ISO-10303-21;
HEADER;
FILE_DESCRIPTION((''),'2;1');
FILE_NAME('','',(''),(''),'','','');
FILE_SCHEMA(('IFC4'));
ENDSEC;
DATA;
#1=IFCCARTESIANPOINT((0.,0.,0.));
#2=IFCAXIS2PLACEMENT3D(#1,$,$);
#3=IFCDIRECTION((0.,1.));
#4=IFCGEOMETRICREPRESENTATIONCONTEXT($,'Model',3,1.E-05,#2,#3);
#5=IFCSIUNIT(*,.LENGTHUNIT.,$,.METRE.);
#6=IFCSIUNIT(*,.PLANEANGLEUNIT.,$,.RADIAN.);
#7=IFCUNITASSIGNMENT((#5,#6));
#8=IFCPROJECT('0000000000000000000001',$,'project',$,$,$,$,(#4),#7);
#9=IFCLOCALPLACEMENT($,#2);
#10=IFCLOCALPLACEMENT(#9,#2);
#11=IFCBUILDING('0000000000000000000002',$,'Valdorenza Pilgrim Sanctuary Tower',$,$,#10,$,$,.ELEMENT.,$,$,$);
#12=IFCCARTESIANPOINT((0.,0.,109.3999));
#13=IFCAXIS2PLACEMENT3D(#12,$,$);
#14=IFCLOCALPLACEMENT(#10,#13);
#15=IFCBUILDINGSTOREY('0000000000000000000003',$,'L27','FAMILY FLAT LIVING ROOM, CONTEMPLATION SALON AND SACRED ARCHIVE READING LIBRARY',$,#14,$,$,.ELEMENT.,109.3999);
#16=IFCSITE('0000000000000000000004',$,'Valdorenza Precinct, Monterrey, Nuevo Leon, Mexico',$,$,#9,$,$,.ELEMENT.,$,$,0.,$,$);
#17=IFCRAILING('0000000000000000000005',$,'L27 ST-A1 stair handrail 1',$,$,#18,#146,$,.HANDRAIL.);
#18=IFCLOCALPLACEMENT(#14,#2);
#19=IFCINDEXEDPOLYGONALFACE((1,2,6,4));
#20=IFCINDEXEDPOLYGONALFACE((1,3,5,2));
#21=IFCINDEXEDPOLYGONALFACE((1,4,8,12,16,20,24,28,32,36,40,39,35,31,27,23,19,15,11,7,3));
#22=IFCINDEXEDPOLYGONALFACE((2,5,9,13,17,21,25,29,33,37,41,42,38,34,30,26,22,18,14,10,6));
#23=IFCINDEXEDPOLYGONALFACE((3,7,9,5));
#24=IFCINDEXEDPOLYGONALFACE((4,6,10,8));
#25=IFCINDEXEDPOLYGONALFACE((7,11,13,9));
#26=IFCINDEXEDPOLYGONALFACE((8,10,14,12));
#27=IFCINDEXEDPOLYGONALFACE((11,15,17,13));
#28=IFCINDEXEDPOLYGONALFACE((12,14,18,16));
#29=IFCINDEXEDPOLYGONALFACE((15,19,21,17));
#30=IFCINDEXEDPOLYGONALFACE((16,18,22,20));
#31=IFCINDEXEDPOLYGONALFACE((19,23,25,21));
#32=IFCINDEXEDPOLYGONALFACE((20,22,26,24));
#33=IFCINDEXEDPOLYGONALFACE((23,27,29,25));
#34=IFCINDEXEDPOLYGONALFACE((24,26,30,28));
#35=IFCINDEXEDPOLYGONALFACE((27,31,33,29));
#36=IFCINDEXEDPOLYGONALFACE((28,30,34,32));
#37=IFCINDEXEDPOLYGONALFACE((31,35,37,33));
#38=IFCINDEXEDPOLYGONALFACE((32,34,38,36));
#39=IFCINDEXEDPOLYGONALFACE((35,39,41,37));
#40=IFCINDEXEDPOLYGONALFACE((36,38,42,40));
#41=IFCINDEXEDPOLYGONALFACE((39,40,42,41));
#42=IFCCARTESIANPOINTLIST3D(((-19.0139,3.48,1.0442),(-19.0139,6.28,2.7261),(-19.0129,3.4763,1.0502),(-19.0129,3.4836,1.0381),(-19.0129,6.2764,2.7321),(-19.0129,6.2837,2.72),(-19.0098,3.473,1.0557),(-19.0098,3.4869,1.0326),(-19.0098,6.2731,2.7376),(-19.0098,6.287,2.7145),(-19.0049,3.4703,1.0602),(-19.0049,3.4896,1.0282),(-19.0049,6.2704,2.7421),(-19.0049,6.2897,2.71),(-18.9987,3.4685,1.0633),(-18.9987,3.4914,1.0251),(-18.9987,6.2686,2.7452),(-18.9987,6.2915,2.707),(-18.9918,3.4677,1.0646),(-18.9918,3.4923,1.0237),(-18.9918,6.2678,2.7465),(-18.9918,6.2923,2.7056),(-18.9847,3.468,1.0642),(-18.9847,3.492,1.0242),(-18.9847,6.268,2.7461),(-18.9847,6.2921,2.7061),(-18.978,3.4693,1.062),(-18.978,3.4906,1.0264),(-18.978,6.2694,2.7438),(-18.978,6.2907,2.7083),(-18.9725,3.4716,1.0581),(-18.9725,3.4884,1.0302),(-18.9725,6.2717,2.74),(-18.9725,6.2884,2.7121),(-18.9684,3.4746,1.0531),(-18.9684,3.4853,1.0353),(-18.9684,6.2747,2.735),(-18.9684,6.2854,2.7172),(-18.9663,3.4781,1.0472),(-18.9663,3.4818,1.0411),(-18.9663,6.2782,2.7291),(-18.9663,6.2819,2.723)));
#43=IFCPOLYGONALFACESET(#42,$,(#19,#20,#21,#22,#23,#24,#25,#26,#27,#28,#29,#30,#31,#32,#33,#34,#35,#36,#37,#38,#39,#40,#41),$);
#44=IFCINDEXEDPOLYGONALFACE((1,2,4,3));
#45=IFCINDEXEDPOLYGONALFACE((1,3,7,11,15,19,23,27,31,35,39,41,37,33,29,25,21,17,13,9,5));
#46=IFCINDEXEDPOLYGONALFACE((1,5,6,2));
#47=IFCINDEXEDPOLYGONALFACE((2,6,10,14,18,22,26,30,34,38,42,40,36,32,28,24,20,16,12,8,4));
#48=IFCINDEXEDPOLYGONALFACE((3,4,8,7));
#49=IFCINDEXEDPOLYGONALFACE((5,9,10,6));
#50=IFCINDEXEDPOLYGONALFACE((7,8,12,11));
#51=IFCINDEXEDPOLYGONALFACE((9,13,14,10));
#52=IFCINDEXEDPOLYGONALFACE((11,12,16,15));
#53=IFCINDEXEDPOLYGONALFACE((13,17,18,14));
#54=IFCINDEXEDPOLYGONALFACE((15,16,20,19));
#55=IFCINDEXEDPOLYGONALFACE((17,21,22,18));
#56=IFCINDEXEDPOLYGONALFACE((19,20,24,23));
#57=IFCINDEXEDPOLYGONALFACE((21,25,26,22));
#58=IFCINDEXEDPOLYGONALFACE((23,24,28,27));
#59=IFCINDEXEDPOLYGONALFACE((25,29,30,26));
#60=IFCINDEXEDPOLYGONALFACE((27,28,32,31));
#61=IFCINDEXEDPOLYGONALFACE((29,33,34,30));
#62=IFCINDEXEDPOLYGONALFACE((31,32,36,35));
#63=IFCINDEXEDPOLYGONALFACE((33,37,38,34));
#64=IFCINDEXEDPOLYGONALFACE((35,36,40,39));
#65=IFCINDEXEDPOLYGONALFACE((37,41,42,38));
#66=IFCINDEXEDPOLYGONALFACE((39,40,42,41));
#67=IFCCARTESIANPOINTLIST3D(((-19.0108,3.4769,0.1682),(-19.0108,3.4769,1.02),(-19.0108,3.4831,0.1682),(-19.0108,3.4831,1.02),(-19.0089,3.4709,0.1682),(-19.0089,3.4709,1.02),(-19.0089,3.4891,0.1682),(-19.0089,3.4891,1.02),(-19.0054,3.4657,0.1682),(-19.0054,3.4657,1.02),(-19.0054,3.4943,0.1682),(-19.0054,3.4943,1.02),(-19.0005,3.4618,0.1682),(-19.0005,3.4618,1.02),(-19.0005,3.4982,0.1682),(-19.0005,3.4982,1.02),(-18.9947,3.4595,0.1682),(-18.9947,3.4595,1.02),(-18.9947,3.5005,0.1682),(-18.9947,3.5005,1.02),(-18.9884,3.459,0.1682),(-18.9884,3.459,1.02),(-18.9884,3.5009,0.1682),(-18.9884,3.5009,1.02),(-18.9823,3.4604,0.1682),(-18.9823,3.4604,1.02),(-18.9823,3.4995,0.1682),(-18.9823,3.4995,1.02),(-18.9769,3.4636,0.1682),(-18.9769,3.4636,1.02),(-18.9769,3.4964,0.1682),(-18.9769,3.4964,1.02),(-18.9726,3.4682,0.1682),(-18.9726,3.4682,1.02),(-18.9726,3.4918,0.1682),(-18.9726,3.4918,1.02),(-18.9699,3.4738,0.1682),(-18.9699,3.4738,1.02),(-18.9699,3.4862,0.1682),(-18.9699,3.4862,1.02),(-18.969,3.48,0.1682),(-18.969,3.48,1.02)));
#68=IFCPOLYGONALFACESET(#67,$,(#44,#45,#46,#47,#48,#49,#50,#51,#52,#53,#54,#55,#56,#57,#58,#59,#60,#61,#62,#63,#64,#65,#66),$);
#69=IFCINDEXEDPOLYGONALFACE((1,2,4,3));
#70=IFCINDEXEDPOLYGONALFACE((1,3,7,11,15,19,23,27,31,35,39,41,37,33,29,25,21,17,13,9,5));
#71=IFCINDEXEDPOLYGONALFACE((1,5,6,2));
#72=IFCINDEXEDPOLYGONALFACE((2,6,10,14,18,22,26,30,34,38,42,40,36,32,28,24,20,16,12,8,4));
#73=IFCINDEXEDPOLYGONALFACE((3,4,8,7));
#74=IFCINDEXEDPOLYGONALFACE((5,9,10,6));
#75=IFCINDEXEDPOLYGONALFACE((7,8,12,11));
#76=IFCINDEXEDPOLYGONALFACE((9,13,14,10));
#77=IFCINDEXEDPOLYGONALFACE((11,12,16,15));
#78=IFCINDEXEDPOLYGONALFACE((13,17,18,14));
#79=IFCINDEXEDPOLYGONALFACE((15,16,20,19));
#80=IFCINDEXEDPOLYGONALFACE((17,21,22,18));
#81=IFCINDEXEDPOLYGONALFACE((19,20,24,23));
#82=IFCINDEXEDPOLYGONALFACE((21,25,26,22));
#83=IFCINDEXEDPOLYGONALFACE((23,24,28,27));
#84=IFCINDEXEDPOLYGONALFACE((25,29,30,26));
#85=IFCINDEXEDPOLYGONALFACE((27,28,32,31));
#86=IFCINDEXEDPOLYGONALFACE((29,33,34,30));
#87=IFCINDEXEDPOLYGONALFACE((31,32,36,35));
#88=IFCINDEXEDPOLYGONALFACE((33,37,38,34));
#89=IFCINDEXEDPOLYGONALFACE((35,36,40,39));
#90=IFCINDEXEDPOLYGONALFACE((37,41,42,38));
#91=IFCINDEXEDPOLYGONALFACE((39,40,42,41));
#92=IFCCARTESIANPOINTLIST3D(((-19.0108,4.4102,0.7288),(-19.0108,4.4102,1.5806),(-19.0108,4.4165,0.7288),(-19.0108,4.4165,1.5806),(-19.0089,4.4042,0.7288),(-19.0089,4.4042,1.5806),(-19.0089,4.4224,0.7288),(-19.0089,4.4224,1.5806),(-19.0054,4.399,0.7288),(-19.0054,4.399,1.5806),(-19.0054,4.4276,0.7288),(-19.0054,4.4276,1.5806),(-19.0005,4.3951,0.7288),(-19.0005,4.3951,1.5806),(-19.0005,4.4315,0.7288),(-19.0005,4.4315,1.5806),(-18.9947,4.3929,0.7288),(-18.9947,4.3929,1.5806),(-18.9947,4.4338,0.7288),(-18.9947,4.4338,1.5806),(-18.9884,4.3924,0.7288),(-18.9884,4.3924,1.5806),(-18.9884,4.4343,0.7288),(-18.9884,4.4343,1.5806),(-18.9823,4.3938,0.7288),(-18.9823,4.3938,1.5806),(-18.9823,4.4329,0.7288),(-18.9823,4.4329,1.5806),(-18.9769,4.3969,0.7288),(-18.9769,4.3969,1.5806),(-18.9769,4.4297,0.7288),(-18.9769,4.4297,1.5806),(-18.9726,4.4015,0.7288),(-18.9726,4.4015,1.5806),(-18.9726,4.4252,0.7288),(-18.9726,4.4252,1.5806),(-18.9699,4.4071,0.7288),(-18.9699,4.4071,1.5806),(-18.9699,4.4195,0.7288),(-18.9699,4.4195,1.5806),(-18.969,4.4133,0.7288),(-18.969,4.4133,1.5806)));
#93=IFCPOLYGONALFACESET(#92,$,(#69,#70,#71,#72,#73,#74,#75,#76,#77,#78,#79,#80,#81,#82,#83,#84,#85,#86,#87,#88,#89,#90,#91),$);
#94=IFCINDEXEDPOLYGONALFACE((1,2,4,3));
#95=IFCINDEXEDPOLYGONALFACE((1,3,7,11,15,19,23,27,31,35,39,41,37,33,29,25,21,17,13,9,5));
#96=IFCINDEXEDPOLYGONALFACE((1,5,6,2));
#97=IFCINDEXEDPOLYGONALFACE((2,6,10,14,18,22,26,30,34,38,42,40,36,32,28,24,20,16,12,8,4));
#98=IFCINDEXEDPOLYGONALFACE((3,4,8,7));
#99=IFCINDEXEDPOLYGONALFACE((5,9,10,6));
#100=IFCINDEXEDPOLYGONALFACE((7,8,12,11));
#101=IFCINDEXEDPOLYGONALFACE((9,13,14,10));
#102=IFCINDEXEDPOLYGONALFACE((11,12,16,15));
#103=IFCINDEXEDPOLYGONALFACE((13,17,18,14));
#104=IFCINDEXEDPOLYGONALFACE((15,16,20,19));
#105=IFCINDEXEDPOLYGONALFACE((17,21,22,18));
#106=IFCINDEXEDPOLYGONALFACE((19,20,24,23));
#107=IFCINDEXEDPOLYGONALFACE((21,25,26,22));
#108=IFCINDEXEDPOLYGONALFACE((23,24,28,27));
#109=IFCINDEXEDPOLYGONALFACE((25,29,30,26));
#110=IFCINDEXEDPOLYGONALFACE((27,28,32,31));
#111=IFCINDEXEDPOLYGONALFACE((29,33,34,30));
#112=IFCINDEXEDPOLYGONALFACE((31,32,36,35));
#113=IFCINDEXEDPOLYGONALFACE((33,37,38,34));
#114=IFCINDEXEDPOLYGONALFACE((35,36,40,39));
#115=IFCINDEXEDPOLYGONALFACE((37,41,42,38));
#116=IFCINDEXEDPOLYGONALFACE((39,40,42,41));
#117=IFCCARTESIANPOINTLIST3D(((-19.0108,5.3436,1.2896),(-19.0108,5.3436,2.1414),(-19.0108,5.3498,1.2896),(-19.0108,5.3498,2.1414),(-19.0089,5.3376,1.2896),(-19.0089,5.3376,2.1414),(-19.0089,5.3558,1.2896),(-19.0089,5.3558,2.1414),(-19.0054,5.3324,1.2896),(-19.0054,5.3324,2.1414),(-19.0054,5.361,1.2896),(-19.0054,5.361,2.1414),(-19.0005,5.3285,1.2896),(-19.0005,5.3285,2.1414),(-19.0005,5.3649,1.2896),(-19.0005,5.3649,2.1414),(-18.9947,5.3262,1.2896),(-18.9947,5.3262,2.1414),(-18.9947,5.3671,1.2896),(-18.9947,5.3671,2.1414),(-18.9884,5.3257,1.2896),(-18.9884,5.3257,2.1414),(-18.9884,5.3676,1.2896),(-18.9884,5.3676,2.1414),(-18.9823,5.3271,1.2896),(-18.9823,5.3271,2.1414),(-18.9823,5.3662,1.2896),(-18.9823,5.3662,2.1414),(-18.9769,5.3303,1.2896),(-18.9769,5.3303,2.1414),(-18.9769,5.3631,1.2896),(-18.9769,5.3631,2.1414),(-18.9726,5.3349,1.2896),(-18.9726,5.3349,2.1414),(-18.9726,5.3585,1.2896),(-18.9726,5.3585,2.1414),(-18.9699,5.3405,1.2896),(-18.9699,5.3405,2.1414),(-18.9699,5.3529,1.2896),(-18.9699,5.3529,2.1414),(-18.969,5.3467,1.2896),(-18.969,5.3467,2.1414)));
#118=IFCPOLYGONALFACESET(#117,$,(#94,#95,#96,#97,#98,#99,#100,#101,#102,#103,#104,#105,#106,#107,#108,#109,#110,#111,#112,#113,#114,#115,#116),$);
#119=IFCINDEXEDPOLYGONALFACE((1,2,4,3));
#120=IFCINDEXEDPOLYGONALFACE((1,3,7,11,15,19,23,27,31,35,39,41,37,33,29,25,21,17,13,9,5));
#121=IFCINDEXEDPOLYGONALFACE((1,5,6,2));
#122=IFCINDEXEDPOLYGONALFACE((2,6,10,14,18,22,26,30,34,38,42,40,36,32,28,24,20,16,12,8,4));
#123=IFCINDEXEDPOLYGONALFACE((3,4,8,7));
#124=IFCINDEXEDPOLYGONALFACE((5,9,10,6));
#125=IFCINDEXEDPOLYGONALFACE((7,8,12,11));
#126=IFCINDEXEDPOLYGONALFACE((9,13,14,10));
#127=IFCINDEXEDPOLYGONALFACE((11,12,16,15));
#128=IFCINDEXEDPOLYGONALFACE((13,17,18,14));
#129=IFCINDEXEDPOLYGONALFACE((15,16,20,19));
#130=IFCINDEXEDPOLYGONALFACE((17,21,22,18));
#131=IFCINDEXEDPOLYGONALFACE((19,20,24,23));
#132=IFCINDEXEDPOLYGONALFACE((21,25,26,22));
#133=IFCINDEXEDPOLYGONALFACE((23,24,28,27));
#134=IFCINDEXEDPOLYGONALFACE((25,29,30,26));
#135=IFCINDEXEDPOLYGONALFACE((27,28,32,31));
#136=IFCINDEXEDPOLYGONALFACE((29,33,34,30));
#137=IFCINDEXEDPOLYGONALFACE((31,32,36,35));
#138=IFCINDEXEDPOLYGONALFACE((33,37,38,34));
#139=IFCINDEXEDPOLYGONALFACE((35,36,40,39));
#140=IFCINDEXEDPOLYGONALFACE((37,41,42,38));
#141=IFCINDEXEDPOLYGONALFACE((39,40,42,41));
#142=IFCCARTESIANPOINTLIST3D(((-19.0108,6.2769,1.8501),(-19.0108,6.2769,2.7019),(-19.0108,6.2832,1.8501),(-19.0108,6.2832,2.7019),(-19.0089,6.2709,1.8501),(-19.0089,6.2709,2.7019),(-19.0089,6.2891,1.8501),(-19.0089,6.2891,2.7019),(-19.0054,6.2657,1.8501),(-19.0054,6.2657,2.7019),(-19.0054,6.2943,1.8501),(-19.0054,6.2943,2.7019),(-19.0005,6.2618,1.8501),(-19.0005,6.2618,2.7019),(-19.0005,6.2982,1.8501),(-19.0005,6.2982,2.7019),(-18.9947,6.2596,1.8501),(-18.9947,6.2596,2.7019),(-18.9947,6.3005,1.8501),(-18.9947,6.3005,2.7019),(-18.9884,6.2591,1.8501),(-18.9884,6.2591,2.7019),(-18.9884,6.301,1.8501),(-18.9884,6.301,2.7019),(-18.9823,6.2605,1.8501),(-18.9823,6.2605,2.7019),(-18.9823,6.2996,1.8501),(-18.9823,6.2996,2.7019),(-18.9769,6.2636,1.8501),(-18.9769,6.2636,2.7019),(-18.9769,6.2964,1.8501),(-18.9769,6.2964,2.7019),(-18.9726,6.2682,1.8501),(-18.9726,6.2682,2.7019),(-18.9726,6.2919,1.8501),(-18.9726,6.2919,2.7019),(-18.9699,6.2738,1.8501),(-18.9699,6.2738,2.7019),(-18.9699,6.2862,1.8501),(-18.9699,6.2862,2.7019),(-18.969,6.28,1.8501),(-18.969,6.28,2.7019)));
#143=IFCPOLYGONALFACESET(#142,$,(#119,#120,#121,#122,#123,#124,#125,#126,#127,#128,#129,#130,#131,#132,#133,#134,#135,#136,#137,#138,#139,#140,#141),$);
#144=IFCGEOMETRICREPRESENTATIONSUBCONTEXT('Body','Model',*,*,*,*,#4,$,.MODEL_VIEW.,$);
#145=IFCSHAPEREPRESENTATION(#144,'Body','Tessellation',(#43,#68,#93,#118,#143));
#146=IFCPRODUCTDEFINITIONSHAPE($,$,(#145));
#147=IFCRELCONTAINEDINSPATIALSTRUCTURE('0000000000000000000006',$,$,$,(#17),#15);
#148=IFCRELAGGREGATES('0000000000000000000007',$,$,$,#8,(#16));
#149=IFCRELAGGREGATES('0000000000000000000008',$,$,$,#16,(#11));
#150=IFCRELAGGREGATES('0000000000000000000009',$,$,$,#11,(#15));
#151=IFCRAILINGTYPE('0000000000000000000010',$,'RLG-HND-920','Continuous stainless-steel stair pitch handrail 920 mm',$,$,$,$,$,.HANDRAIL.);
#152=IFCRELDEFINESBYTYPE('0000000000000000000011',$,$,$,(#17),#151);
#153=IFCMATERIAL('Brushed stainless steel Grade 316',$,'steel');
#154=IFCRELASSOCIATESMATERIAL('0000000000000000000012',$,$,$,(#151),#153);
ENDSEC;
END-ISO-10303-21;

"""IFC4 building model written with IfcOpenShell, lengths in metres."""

from ifc_helpers import new_model, si_unit, direction, frame, origin, origin_2d, place, context, subcontext, project, spatial, circle, extrude, material, type_object, element, save


model = new_model("IFC4")

# Units and contexts
model_context = context("Model", 3, precision=1e-05, world=origin(), true_north=direction((0.0, 1.0)))
body_context = subcontext(model_context, "Body", "Model", "MODEL_VIEW")
ifc_project = project(units=[si_unit("LENGTHUNIT", "METRE"), si_unit("PLANEANGLEUNIT", "RADIAN")], contexts=[model_context])

# Site, building, storey
site_placement = place(None, origin())
site = spatial("IfcSite", under=ifc_project, at=site_placement, Name="Valdorenza Precinct, Monterrey, Nuevo Leon, Mexico", CompositionType="ELEMENT", RefElevation=0.0)
building_placement = place(site_placement, origin())
building = spatial("IfcBuilding", under=site, at=building_placement, Name="Valdorenza Pilgrim Sanctuary Tower", CompositionType="ELEMENT")
storey_placement = place(building_placement, frame((0.0, 0.0, 109.3999)))
storey = spatial("IfcBuildingStorey", under=building, at=storey_placement, Name="L27", Description="FAMILY FLAT LIVING ROOM, CONTEMPLATION SALON AND SACRED ARCHIVE READING LIBRARY", CompositionType="ELEMENT", Elevation=109.3999)

# Shared definitions
ifc_material_1 = material(Name="Brushed stainless steel Grade 316", Category="steel")

# Railing
railing_type_1 = type_object("IfcRailingType", Name="RLG-HND-920", Description="Continuous stainless-steel stair pitch handrail 920 mm", PredefinedType="HANDRAIL", material=ifc_material_1)
railing_1_placement = place(storey_placement, frame((-18.99, 3.48, 0.1682)))
element("IfcRailing", 1, at=railing_1_placement, inside=storey, type_object=railing_type_1, Name="L27 ST-A1 stair handrail 1", PredefinedType="HANDRAIL", context=body_context, shape_type="SweptSolid", body=[
    extrude(circle(Radius=0.0239, at=origin_2d()), frame((0.0, 0.0, 0.876), z_axis=(0.0, 0.857242, 0.514913), x_axis=(-1.0, 0.0, 0.0)), (0.0, 0.0, 1.0), 3.2664),
    extrude(circle(Radius=0.021, at=origin_2d()), origin(), (0.0, 0.0, 1.0), 0.8518),
    extrude(circle(Radius=0.021, at=origin_2d()), frame((0.0, 0.9333, 0.5605)), (0.0, 0.0, 1.0), 0.8518),
    extrude(circle(Radius=0.021, at=origin_2d()), frame((0.0, 1.8667, 1.1213)), (0.0, 0.0, 1.0), 0.8518),
    extrude(circle(Radius=0.021, at=origin_2d()), frame((0.0, 2.8, 1.6819)), (0.0, 0.0, 1.0), 0.8518),
])

save(model, "model.ifc")
